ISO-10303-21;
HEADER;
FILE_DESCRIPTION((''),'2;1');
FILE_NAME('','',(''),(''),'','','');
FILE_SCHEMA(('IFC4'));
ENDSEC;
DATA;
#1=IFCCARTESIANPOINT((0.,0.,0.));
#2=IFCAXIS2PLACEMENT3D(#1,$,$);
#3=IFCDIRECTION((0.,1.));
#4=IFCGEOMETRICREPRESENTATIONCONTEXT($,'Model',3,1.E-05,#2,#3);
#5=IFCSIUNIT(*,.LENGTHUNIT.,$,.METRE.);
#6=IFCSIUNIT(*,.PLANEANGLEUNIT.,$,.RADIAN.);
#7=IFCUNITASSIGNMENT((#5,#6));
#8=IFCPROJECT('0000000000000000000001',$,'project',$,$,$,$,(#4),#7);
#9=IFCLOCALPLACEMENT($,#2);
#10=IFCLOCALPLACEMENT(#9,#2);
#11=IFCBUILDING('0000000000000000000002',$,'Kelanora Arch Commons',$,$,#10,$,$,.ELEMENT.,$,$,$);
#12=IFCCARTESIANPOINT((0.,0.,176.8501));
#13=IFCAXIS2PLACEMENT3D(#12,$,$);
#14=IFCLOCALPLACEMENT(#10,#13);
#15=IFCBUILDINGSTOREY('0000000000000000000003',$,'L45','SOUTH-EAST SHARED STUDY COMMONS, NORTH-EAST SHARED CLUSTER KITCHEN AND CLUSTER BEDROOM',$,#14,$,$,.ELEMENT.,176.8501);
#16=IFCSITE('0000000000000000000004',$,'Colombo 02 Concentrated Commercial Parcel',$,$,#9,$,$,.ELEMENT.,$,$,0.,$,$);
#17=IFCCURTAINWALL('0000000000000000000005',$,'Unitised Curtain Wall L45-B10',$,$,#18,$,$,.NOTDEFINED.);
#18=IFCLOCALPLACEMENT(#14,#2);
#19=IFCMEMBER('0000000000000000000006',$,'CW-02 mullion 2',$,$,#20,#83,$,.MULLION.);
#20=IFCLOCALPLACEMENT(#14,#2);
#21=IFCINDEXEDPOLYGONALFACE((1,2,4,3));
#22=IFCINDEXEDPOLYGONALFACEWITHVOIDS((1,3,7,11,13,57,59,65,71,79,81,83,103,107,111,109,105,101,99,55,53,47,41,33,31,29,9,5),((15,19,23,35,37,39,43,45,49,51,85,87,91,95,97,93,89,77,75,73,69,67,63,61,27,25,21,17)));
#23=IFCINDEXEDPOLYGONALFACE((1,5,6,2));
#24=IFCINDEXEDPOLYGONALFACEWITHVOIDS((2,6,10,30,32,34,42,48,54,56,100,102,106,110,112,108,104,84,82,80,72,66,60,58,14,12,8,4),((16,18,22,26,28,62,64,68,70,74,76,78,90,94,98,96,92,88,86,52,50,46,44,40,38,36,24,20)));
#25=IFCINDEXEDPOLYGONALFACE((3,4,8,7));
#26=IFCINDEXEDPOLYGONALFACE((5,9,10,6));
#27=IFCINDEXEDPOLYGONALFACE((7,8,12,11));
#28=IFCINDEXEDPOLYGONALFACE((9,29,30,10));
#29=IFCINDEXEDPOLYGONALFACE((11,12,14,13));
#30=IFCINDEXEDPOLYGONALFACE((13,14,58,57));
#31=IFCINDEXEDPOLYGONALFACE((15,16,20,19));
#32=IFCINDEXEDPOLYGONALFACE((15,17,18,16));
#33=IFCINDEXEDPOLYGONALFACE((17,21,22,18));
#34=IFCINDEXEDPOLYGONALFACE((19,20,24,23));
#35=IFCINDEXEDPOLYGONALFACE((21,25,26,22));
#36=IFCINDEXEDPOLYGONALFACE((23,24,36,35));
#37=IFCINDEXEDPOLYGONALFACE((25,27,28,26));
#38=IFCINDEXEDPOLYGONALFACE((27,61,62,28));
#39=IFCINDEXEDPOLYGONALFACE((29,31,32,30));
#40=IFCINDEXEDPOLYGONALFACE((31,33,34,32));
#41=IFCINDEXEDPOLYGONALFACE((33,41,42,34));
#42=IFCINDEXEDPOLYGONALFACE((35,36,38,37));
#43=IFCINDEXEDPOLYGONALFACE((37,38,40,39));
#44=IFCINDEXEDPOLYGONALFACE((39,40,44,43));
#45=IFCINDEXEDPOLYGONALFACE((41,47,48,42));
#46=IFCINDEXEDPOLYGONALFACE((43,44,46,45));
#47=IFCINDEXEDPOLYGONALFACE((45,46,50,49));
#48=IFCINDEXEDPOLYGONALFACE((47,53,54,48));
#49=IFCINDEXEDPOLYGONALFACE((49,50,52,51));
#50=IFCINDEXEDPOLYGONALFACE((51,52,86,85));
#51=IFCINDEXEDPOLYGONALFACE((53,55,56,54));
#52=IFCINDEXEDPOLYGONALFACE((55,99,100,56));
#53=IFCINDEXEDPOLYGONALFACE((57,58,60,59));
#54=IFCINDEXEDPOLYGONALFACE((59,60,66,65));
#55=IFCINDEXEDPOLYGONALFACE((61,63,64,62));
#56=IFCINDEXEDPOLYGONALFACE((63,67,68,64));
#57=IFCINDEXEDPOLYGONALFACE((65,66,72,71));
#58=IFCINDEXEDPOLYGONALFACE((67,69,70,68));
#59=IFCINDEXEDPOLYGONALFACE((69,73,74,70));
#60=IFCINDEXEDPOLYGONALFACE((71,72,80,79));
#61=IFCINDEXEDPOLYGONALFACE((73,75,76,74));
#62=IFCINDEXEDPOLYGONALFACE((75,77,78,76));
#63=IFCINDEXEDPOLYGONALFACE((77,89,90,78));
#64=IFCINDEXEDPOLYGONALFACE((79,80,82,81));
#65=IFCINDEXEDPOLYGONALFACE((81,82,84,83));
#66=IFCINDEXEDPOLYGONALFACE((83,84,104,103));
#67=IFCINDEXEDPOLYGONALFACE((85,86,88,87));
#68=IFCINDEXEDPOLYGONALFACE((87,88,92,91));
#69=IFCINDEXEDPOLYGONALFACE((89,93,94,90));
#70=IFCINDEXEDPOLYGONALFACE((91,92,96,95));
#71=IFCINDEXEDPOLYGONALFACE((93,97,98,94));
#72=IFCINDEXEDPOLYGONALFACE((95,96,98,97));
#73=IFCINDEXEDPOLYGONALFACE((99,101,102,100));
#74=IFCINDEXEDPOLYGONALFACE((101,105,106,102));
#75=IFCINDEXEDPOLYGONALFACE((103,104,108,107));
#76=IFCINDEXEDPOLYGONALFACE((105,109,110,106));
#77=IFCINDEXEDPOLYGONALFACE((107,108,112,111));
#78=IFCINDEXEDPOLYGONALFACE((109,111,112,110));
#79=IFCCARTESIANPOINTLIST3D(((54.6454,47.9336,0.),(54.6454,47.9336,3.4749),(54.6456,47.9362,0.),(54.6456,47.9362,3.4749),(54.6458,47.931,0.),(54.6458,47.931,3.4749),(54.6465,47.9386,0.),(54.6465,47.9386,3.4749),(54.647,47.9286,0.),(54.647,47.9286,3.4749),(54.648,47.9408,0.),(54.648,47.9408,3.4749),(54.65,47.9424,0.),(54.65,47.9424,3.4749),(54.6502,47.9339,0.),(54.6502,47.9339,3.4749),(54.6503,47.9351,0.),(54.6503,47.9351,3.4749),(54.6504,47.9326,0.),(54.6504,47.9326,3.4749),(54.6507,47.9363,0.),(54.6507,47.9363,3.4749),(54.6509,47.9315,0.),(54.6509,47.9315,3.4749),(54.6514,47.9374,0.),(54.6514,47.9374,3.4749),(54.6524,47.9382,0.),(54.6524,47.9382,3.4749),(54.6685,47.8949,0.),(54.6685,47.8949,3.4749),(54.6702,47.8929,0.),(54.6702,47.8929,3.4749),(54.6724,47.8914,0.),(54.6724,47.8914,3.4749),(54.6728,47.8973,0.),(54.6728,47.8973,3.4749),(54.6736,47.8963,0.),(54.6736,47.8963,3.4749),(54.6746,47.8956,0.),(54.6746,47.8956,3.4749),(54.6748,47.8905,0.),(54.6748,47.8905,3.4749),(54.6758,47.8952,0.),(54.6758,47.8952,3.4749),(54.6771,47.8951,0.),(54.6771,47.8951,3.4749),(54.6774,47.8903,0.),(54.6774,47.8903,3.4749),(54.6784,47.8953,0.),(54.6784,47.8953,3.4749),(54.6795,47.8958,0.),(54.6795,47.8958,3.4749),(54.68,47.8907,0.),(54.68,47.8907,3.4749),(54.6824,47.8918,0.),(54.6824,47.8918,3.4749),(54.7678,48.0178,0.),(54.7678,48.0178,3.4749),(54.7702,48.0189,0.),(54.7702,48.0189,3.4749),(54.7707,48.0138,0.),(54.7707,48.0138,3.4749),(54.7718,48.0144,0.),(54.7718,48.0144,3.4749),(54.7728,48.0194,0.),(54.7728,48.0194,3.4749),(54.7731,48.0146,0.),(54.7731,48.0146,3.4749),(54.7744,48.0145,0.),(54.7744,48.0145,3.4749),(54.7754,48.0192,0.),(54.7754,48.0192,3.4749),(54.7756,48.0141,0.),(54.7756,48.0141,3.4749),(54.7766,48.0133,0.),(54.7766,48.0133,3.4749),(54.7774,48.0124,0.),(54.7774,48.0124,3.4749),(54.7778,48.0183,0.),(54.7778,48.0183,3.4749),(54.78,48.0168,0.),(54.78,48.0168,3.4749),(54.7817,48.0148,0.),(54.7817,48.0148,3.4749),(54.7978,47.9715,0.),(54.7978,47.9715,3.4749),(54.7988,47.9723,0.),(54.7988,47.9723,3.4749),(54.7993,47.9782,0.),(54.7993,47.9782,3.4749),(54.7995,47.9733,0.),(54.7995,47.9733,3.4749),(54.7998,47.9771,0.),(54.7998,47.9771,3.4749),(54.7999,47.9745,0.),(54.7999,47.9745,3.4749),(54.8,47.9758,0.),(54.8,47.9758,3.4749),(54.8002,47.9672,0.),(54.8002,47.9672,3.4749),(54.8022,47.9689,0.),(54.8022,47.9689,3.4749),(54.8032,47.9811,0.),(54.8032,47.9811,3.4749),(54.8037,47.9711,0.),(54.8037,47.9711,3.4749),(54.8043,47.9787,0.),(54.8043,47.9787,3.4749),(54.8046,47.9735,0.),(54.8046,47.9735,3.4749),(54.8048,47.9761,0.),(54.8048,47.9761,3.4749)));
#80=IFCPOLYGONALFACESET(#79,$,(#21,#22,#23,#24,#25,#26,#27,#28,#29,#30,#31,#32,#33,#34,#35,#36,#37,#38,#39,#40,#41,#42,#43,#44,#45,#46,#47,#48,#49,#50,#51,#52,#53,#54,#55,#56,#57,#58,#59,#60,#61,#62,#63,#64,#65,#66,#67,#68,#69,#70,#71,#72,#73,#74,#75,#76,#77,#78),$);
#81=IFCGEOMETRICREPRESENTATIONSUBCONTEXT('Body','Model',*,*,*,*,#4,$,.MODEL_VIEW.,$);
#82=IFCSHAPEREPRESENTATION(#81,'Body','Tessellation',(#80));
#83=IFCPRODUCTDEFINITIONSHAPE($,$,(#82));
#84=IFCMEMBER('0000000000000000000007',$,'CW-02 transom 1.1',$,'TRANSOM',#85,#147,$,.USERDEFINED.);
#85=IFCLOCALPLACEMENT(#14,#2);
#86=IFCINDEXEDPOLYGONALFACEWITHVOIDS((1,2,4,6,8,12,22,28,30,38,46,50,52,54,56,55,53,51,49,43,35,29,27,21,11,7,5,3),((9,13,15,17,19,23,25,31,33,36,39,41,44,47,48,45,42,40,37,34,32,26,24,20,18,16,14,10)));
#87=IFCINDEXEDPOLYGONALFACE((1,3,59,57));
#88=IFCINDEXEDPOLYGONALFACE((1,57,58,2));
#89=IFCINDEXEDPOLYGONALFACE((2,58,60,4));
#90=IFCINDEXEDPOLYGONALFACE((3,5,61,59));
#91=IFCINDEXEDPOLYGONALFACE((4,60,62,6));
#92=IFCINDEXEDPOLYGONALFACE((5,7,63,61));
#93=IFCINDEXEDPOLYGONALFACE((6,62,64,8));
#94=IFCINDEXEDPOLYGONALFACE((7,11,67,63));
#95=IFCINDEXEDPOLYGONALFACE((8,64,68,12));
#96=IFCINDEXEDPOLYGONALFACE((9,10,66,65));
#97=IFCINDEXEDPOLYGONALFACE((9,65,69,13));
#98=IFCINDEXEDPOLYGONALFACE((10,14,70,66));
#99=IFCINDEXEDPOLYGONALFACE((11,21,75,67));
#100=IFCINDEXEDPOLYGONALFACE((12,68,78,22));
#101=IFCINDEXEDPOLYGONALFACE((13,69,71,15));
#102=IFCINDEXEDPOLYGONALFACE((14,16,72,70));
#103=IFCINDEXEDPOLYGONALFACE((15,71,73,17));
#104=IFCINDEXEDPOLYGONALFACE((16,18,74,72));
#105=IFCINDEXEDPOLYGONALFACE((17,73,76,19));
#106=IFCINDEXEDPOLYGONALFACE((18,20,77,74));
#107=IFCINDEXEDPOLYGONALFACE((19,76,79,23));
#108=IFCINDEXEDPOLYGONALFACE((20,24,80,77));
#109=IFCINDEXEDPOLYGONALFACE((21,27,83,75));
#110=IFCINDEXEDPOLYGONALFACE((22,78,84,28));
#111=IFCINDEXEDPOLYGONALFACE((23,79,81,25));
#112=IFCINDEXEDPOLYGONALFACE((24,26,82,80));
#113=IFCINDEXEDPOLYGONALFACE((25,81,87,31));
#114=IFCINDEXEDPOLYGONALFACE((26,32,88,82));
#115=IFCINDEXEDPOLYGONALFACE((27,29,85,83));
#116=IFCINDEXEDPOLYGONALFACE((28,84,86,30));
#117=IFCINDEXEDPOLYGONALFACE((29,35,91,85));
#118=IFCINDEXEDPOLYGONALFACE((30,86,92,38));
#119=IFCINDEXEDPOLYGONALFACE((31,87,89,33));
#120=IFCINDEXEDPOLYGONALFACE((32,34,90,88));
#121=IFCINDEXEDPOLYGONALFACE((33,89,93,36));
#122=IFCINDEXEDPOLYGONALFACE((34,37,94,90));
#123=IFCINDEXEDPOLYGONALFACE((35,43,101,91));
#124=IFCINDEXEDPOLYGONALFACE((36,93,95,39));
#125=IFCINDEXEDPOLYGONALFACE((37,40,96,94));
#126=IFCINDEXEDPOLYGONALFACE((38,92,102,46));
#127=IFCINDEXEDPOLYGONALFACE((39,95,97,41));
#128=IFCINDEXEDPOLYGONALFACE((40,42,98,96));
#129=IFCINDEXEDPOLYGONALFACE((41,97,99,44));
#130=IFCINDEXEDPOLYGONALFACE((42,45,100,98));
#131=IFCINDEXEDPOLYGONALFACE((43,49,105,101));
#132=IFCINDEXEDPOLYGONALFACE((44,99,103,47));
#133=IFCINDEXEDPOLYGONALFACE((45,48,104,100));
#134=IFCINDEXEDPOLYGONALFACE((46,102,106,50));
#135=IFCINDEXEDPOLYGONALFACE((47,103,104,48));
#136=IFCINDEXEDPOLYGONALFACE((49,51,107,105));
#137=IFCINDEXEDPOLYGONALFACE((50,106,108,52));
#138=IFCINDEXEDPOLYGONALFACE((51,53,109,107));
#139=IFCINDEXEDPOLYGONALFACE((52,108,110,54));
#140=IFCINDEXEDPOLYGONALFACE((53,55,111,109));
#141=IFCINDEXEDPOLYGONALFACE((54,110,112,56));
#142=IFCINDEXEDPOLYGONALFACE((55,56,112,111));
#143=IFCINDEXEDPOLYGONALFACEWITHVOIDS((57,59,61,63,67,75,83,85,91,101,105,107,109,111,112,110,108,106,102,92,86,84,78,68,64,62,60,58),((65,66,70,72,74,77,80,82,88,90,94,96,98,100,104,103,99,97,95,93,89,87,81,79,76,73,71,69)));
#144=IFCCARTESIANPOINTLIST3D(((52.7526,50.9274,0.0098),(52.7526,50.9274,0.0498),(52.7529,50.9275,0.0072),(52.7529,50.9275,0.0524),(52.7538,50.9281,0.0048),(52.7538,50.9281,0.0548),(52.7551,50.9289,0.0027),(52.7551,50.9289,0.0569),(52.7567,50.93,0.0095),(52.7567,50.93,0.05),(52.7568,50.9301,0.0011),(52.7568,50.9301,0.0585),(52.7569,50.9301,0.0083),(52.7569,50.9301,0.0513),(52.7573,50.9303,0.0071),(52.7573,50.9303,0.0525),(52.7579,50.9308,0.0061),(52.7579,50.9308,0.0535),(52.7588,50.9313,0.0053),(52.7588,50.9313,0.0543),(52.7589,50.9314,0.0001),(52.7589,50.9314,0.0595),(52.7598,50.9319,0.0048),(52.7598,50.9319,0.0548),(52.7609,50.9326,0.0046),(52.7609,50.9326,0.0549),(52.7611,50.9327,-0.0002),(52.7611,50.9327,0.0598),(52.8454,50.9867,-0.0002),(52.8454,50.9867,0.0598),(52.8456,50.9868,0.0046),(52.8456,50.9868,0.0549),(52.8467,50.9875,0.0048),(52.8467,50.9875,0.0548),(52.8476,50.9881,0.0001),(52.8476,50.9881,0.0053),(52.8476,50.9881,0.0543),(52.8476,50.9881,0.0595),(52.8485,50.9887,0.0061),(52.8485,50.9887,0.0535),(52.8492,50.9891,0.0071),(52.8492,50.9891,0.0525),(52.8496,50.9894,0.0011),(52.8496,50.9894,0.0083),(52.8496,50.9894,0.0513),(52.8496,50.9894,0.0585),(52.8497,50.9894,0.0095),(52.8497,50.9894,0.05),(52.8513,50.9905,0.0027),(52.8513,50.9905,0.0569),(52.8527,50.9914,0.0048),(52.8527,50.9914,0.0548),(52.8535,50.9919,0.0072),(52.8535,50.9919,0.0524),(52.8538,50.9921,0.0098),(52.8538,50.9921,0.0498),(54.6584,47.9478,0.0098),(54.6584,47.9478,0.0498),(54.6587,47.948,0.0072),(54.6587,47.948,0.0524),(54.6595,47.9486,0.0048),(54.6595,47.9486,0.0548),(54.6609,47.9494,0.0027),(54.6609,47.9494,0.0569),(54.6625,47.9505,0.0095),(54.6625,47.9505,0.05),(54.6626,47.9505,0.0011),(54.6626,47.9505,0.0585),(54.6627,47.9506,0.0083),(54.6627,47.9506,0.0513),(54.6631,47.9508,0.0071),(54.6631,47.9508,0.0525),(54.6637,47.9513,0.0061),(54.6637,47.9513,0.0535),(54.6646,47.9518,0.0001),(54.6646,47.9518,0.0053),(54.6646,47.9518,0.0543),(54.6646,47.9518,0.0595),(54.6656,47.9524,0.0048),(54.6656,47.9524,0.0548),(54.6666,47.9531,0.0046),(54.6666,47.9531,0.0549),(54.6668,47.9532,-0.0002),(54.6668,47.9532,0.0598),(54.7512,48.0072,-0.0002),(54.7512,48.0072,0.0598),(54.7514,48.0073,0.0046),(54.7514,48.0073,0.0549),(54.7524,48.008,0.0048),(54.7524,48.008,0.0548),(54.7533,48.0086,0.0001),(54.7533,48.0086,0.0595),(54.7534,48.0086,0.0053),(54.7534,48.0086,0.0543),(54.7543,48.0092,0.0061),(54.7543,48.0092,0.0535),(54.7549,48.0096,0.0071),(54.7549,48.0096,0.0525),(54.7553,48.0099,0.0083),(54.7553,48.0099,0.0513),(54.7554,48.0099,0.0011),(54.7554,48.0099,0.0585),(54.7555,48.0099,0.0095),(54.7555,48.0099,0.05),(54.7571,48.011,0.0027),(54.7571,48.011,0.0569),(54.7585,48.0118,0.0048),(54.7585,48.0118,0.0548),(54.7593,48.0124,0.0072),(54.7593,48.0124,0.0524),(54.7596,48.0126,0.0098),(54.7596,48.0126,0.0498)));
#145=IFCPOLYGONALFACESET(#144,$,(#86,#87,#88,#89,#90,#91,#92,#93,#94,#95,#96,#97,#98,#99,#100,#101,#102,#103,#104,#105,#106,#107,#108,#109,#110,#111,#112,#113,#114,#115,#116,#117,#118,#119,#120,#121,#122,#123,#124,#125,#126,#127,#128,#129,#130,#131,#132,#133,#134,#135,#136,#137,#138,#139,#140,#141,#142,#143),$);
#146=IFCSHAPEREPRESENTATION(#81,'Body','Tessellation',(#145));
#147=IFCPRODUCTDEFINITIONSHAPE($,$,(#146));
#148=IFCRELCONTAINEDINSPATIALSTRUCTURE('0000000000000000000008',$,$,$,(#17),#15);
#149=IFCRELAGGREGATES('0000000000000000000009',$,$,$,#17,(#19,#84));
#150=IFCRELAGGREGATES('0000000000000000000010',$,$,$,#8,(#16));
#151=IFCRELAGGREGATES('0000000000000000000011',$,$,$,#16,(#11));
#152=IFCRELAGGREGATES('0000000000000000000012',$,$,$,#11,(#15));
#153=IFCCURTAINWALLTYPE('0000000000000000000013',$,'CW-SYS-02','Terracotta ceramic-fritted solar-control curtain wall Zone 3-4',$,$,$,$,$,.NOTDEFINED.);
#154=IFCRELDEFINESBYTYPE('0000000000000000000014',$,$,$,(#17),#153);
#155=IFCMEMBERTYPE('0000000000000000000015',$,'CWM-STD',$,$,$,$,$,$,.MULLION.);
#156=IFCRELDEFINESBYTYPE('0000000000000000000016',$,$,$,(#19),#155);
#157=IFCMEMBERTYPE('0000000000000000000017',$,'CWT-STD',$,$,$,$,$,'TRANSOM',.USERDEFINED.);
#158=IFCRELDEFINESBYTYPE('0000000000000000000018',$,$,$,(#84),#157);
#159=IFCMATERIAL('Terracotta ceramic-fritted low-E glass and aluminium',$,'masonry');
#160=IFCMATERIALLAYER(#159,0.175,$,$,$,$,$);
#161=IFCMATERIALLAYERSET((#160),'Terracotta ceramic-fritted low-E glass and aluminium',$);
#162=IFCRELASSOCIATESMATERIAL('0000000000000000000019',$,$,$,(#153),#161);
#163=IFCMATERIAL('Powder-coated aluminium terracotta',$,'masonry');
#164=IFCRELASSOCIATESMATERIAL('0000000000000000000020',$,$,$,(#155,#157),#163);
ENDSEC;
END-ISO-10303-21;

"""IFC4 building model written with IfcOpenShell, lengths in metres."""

from ifc_helpers import new_model, si_unit, direction, frame, origin, origin_2d, place, context, subcontext, project, spatial, hollow_rectangle, extrude, material, layer, layer_set, material_profile, profile_set, type_object, element, aggregate, save


model = new_model("IFC4")

# Units and contexts
model_context = context("Model", 3, precision=1e-05, world=origin(), true_north=direction((0.0, 1.0)))
body_context = subcontext(model_context, "Body", "Model", "MODEL_VIEW")
ifc_project = project(units=[si_unit("LENGTHUNIT", "METRE"), si_unit("PLANEANGLEUNIT", "RADIAN")], contexts=[model_context])

# Site, building, storey
site_placement = place(None, origin())
site = spatial("IfcSite", under=ifc_project, at=site_placement, Name="Colombo 02 Concentrated Commercial Parcel", CompositionType="ELEMENT", RefElevation=0.0)
building_placement = place(site_placement, origin())
building = spatial("IfcBuilding", under=site, at=building_placement, Name="Kelanora Arch Commons", CompositionType="ELEMENT")
storey_placement = place(building_placement, frame((0.0, 0.0, 176.8501)))
storey = spatial("IfcBuildingStorey", under=building, at=storey_placement, Name="L45", Description="SOUTH-EAST SHARED STUDY COMMONS, NORTH-EAST SHARED CLUSTER KITCHEN AND CLUSTER BEDROOM", CompositionType="ELEMENT", Elevation=176.8501)

# Shared definitions
ifc_material_1 = material(Name="Terracotta ceramic-fritted low-E glass and aluminium", Category="masonry")
ifc_layer_1 = layer(ifc_material_1, 0.175)
ifc_layer_set_1 = layer_set([ifc_layer_1], Name="Terracotta ceramic-fritted low-E glass and aluminium")
curtain_wall_type = type_object("IfcCurtainWallType", Name="CW-SYS-02", Description="Terracotta ceramic-fritted solar-control curtain wall Zone 3-4", PredefinedType="NOTDEFINED", material=ifc_layer_set_1)
ifc_material_2 = material(Name="Powder-coated aluminium terracotta", Category="masonry")
ifc_material_profile_1 = material_profile(ifc_material_2, hollow_rectangle(XDim=0.1599, YDim=0.0601, WallThickness=0.0049, InnerFilletRadius=0.0049, OuterFilletRadius=0.01, at=origin_2d()), Name="CWM160x60")
ifc_profile_set_1 = profile_set([ifc_material_profile_1], Name="Powder-coated aluminium terracotta")
member_type_1 = type_object("IfcMemberType", Name="CWM-STD", PredefinedType="MULLION", material=ifc_profile_set_1)

# Curtain wall, members
curtain_wall_1_placement = place(storey_placement, origin())
curtain_wall_1 = element("IfcCurtainWall", 1, at=curtain_wall_1_placement, inside=storey, type_object=curtain_wall_type, Name="Unitised Curtain Wall L45-B10", PredefinedType="NOTDEFINED")
member_1_placement = place(storey_placement, frame((54.7251, 47.9548, 0.0), z_axis=(0.0, 0.0, 1.0), x_axis=(0.842423, 0.538817, 0.0)))
member_1 = element("IfcMember", 2, at=member_1_placement, type_object=member_type_1, Name="CW-02 mullion 2", PredefinedType="MULLION", context=body_context, shape_type="SweptSolid", body=[
    extrude(hollow_rectangle(XDim=0.1599, YDim=0.0601, WallThickness=0.0049, InnerFilletRadius=0.0049, OuterFilletRadius=0.01, at=origin_2d()), origin(), (0.0, 0.0, 1.0), 3.4749),
])
ifc_material_profile_2 = material_profile(ifc_material_2, hollow_rectangle(XDim=0.1201, YDim=0.0601, WallThickness=0.0049, InnerFilletRadius=0.0049, OuterFilletRadius=0.01, at=origin_2d()), Name="CWT120x60")
ifc_profile_set_2 = profile_set([ifc_material_profile_2], Name="Powder-coated aluminium terracotta")
member_type_2 = type_object("IfcMemberType", Name="CWT-STD", ElementType="TRANSOM", PredefinedType="USERDEFINED", material=ifc_profile_set_2)
member_2_placement = place(storey_placement, frame((52.8032, 50.9597, 0.0298), z_axis=(0.53883, -0.842414, 0.0), x_axis=(0.842414, 0.53883, 0.0)))
member_2 = element("IfcMember", 3, at=member_2_placement, type_object=member_type_2, Name="CW-02 transom 1.1", ObjectType="TRANSOM", PredefinedType="USERDEFINED", context=body_context, shape_type="SweptSolid", body=[
    extrude(hollow_rectangle(XDim=0.1201, YDim=0.0601, WallThickness=0.0049, InnerFilletRadius=0.0049, OuterFilletRadius=0.01, at=origin_2d()), origin(), (0.0, 0.0, 1.0), 3.5369),
])

aggregate(curtain_wall_1, [member_1, member_2])

save(model, "model.ifc")
